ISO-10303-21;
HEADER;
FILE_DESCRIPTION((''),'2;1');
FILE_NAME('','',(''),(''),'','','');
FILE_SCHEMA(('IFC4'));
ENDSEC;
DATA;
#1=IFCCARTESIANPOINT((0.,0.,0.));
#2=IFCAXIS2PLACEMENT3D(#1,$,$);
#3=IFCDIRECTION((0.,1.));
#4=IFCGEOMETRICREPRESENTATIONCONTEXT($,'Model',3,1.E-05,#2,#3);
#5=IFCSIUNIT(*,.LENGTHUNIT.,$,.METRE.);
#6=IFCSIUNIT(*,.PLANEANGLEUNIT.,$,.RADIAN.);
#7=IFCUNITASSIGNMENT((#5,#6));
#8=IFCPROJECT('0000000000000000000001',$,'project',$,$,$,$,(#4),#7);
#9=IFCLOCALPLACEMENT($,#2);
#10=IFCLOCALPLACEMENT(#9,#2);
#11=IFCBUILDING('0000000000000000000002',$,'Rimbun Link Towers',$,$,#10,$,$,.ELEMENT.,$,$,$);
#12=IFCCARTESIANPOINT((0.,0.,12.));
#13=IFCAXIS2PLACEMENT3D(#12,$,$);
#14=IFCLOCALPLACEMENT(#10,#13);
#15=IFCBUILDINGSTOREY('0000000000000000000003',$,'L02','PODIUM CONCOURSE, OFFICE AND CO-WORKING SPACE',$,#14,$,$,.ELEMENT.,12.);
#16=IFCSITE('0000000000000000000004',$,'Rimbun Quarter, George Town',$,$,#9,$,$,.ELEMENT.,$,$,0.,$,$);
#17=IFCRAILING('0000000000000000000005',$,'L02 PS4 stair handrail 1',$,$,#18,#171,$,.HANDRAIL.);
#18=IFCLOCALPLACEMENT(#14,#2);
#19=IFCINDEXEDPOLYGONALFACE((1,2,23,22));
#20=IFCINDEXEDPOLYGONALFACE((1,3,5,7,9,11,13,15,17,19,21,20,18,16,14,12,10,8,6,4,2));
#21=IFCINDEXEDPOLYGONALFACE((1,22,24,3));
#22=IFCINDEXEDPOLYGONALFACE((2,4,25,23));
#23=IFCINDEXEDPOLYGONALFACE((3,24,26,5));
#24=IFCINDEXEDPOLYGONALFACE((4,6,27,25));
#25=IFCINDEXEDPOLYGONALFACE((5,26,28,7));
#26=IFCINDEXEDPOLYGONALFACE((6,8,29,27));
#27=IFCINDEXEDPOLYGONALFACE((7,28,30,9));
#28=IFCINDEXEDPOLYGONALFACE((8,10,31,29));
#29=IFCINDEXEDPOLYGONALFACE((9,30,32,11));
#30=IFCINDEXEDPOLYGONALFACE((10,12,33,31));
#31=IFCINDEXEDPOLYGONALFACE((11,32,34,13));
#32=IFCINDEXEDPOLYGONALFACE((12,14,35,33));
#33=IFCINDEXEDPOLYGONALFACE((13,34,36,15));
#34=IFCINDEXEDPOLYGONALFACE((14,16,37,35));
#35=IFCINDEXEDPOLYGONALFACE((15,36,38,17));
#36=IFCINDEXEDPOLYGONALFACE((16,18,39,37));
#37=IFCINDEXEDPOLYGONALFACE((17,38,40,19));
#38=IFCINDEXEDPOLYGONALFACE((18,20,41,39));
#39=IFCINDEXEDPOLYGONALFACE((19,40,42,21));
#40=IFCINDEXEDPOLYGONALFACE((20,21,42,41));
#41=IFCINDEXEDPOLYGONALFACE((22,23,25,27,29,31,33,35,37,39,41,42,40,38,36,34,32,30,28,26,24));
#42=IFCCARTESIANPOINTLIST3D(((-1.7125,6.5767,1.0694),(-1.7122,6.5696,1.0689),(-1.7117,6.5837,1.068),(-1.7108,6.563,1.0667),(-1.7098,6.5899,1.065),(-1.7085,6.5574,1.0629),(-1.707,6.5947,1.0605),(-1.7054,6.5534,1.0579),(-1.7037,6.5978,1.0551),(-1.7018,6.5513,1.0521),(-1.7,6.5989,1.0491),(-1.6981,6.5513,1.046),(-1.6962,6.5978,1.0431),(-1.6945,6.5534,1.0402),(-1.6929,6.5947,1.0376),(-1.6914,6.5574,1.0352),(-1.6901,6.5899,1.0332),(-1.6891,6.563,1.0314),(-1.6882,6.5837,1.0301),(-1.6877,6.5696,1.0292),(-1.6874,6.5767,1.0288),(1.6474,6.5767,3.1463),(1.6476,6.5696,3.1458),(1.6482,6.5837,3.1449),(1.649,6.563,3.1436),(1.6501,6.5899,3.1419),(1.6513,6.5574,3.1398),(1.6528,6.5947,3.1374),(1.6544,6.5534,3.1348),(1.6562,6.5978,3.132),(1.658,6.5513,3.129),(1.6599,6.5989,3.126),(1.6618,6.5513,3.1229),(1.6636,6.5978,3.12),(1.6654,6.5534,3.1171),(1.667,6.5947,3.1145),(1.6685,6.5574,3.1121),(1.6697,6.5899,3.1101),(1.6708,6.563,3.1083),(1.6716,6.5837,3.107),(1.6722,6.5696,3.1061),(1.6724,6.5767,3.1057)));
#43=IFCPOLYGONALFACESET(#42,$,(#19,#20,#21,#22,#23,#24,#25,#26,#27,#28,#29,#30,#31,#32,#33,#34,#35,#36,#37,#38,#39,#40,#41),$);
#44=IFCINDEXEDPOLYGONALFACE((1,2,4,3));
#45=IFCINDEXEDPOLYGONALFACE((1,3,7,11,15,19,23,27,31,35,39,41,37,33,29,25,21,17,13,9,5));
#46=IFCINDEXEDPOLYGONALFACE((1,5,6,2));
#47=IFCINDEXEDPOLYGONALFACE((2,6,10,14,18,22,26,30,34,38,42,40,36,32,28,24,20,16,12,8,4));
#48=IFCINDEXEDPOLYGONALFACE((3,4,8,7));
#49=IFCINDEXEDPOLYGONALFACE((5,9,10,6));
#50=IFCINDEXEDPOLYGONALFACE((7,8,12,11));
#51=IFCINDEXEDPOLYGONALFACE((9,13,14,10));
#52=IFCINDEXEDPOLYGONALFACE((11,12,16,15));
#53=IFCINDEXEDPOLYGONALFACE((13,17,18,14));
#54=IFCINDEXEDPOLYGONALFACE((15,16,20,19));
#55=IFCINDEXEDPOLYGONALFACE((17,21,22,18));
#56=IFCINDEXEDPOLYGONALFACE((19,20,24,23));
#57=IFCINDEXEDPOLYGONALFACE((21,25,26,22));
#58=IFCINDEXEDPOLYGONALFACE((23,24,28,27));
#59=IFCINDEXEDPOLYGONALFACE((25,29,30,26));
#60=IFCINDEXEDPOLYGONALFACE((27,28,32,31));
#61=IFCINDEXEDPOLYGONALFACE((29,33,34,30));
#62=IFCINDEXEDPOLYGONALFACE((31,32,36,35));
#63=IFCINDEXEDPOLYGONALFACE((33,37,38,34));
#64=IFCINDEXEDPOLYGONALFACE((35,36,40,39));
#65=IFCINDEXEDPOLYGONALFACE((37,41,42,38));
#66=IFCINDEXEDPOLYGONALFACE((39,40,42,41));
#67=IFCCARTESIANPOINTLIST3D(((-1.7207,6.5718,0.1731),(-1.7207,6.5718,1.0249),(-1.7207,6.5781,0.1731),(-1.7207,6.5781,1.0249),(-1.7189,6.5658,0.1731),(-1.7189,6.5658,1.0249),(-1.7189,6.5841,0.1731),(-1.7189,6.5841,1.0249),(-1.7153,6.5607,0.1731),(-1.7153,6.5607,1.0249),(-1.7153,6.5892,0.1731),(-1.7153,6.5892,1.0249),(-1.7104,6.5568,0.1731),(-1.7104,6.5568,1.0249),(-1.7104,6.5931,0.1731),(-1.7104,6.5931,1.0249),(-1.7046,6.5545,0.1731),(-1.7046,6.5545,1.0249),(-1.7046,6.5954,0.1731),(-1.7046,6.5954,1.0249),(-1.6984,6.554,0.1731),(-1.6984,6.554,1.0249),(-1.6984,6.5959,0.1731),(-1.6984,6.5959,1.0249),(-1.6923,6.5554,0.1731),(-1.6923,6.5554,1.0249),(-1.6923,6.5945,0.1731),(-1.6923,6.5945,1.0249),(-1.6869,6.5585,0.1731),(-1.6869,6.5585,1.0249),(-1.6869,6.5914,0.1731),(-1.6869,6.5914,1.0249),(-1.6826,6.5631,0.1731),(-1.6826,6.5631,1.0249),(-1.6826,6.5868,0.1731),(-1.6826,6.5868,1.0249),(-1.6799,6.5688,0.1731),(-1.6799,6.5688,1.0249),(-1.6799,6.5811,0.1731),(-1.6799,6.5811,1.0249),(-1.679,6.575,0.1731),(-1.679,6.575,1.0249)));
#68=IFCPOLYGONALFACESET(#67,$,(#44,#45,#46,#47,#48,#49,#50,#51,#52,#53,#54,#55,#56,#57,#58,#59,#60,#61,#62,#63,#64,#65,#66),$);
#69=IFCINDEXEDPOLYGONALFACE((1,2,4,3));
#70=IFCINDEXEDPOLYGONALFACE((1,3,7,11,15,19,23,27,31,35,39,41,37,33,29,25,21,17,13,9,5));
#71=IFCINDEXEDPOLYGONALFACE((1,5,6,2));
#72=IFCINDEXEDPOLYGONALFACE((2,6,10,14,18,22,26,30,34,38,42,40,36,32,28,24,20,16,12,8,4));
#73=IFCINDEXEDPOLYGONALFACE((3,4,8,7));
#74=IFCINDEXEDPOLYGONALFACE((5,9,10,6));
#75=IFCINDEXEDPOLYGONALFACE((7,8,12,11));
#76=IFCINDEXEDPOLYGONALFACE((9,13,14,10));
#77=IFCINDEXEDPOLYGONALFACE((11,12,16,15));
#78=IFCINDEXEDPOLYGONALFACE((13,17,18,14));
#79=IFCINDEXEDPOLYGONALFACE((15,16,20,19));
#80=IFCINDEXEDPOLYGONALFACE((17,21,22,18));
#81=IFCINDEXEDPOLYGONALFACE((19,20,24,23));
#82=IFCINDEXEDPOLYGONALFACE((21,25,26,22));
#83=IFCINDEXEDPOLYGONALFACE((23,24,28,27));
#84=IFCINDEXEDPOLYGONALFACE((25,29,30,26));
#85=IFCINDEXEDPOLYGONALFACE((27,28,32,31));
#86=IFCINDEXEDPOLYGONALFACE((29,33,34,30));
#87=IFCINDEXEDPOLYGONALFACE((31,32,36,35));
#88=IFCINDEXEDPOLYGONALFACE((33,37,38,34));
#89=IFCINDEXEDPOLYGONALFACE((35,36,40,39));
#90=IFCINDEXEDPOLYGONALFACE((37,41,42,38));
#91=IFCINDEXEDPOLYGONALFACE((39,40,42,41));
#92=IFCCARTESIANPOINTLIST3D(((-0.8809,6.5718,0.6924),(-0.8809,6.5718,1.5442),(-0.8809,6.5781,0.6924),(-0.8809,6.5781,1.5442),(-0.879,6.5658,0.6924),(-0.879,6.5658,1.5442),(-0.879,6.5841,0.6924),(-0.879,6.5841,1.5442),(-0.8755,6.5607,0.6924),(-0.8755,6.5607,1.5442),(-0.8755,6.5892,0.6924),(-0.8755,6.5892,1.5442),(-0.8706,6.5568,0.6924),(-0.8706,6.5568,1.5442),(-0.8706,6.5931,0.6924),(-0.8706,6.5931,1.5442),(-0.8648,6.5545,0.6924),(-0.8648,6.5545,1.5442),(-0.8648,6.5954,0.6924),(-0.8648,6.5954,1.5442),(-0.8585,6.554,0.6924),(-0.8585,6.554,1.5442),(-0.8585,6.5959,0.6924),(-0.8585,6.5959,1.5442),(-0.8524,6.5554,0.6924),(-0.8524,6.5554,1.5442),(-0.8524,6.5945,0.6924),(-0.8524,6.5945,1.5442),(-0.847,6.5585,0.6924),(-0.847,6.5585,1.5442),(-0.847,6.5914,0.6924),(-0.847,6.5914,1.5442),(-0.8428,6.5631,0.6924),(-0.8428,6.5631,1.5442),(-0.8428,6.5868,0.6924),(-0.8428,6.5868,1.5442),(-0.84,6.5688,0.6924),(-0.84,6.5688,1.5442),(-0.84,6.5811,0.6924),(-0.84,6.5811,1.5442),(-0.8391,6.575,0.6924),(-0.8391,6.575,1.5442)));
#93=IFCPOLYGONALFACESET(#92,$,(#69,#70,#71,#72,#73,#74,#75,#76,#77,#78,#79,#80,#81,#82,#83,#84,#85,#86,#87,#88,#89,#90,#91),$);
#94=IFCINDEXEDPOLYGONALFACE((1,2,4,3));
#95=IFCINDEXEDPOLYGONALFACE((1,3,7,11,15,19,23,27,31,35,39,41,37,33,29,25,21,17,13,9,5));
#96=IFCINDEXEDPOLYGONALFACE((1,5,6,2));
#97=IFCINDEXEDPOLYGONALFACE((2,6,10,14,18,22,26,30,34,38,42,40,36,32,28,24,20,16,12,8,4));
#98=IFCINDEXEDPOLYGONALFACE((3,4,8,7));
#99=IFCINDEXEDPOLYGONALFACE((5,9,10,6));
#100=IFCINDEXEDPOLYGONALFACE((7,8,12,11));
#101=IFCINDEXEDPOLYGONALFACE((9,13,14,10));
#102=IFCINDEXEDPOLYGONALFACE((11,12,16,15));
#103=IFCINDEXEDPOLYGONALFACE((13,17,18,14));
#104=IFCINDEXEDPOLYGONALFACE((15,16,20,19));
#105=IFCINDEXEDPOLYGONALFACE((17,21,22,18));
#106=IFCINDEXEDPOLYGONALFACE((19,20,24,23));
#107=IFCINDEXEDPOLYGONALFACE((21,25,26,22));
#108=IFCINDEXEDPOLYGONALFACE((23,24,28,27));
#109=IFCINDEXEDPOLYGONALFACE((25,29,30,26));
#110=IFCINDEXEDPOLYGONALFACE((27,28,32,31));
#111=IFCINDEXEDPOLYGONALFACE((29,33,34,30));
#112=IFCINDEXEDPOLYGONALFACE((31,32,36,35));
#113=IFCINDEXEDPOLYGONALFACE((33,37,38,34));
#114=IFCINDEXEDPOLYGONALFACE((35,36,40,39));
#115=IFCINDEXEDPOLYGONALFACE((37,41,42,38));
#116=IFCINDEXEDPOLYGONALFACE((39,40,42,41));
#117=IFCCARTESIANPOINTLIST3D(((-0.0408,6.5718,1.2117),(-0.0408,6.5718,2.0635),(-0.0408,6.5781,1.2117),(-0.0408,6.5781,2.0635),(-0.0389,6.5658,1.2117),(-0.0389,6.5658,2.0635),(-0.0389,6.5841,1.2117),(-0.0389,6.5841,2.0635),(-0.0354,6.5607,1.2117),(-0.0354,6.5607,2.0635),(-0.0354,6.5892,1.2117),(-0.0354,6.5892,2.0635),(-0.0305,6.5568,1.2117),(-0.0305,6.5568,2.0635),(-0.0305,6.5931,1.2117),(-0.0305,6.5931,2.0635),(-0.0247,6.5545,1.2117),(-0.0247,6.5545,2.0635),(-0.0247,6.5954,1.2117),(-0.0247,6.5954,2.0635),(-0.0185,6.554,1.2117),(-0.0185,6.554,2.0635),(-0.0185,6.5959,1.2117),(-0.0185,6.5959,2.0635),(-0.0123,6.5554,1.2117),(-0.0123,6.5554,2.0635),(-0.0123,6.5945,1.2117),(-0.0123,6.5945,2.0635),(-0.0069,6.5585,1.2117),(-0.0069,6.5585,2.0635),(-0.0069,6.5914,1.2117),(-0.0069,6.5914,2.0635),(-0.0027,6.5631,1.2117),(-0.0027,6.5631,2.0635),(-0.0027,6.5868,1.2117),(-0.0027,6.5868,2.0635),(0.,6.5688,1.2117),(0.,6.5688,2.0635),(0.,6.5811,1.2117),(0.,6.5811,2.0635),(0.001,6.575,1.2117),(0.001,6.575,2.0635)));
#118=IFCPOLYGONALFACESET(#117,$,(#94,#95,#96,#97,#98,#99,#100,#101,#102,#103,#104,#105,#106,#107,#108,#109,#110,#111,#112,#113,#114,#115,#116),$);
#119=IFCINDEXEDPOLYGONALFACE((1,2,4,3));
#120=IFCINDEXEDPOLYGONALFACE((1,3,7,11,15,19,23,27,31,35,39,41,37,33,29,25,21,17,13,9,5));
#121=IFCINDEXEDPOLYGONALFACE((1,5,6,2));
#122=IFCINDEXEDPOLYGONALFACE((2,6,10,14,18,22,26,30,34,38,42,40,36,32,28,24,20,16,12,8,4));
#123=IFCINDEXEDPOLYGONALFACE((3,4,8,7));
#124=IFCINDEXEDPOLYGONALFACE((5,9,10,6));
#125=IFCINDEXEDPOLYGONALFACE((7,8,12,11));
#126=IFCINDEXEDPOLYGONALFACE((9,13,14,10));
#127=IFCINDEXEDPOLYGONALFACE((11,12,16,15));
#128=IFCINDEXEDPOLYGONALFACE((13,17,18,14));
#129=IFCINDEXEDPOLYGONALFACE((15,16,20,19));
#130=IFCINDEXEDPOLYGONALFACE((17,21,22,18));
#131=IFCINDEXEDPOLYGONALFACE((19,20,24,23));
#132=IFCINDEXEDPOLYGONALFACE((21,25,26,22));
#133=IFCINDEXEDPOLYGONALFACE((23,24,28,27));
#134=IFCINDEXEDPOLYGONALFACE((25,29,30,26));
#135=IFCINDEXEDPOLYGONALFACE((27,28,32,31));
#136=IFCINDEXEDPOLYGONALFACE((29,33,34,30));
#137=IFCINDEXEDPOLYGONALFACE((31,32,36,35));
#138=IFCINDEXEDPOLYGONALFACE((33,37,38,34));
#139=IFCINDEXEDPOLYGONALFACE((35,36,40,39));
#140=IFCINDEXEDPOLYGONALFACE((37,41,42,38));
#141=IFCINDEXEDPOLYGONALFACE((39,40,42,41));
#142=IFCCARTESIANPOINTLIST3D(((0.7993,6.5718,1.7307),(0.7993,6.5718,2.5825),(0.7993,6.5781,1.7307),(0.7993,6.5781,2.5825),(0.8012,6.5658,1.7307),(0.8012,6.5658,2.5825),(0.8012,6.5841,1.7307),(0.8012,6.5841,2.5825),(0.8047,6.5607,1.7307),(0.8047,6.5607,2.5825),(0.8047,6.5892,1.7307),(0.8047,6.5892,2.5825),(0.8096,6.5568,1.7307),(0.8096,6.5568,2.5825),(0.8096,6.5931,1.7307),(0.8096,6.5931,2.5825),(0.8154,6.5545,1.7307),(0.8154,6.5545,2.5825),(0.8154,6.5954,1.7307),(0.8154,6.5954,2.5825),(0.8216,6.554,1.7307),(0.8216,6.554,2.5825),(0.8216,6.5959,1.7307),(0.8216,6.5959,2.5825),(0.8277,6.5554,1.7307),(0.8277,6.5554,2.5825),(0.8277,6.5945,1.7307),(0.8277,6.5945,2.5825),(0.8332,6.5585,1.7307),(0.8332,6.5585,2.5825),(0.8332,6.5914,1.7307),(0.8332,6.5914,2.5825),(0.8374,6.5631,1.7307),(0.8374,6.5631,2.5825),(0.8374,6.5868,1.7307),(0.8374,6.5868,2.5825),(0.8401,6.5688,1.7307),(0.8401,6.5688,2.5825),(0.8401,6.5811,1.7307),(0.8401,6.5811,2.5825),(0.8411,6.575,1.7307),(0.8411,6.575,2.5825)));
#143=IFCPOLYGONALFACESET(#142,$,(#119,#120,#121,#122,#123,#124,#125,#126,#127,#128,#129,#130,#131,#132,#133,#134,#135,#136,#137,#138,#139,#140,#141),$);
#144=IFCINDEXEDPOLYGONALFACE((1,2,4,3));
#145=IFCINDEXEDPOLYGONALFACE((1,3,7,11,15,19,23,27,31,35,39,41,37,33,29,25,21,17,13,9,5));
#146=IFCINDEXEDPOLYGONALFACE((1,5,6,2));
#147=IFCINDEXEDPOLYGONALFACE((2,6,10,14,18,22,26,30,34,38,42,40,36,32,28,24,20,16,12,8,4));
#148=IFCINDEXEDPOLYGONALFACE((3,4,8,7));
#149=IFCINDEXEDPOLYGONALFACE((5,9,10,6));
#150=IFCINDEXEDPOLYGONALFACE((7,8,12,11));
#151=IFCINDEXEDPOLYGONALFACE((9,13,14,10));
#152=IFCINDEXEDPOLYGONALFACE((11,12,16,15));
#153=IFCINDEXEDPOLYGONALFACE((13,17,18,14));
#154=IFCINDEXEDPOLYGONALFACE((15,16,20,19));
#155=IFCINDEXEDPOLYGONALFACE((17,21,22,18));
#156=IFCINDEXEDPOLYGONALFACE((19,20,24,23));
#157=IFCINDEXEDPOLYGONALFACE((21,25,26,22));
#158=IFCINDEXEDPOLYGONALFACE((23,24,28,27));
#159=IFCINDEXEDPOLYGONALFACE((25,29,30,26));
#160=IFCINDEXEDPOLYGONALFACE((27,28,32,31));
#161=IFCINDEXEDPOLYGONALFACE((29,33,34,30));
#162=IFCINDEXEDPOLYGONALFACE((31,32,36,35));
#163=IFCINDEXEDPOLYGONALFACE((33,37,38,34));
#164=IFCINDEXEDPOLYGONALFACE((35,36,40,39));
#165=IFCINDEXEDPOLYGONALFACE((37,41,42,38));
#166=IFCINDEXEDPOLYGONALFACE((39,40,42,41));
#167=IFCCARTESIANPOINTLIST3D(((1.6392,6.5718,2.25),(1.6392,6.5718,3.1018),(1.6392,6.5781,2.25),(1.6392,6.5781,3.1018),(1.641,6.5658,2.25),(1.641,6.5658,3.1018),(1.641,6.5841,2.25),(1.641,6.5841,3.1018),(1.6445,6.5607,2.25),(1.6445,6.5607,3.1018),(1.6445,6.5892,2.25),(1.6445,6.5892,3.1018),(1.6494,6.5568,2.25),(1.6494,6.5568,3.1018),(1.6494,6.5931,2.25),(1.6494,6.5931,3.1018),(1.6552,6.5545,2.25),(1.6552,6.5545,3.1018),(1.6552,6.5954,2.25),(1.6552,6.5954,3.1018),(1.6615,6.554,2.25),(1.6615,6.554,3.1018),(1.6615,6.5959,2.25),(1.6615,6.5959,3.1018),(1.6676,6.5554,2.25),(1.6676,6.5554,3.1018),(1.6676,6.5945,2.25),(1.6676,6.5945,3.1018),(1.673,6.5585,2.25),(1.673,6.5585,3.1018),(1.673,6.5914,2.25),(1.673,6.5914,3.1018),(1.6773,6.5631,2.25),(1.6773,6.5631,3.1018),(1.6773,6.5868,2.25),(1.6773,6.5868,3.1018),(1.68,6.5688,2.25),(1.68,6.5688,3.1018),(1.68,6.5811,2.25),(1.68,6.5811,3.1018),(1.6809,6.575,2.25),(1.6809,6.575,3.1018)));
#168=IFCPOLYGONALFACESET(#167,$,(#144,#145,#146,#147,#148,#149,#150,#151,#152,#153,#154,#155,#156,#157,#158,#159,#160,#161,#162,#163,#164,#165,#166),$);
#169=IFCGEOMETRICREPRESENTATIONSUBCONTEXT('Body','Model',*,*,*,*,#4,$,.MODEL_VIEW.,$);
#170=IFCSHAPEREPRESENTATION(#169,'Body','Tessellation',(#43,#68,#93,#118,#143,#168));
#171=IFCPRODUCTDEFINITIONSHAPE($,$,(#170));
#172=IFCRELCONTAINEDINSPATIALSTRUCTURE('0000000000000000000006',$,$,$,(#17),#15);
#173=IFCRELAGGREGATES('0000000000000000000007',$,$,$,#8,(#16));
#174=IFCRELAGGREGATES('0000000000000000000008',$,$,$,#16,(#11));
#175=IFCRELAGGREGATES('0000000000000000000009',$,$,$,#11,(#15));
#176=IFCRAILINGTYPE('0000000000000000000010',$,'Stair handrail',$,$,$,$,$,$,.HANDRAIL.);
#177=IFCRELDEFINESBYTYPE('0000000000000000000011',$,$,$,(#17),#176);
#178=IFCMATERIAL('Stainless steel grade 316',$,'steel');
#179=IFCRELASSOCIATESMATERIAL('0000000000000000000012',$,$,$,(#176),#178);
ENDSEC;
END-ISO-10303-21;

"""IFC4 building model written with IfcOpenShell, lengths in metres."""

from ifc_helpers import new_model, si_unit, direction, frame, origin, origin_2d, place, context, subcontext, project, spatial, circle, extrude, material, type_object, element, save


model = new_model("IFC4")

# Units and contexts
model_context = context("Model", 3, precision=1e-05, world=origin(), true_north=direction((0.0, 1.0)))
body_context = subcontext(model_context, "Body", "Model", "MODEL_VIEW")
ifc_project = project(units=[si_unit("LENGTHUNIT", "METRE"), si_unit("PLANEANGLEUNIT", "RADIAN")], contexts=[model_context])

# Site, building, storey
site_placement = place(None, origin())
site = spatial("IfcSite", under=ifc_project, at=site_placement, Name="Rimbun Quarter, George Town", CompositionType="ELEMENT", RefElevation=0.0)
building_placement = place(site_placement, origin())
building = spatial("IfcBuilding", under=site, at=building_placement, Name="Rimbun Link Towers", CompositionType="ELEMENT")
storey_placement = place(building_placement, frame((0.0, 0.0, 12.0)))
storey = spatial("IfcBuildingStorey", under=building, at=storey_placement, Name="L02", Description="PODIUM CONCOURSE, OFFICE AND CO-WORKING SPACE", CompositionType="ELEMENT", Elevation=12.0)

# Railing
ifc_material_1 = material(Name="Stainless steel grade 316", Category="steel")
railing_type_1 = type_object("IfcRailingType", Name="Stair handrail", PredefinedType="HANDRAIL", material=ifc_material_1)
railing_1_placement = place(storey_placement, frame((-1.7, 6.575, 0.1731)))
element("IfcRailing", 1, at=railing_1_placement, inside=storey, type_object=railing_type_1, Name="L02 PS4 stair handrail 1", PredefinedType="HANDRAIL", context=body_context, shape_type="SweptSolid", body=[
    extrude(circle(Radius=0.0239, at=origin_2d()), frame((0.0, 0.0, 0.876), z_axis=(0.850606, 0.0, 0.525803), x_axis=(0.0, 1.0, 0.0)), (0.0, 0.0, 1.0), 3.95),
    extrude(circle(Radius=0.021, at=origin_2d()), origin(), (0.0, 0.0, 1.0), 0.8518),
    extrude(circle(Radius=0.021, at=origin_2d()), frame((0.8398, 0.0, 0.5193)), (0.0, 0.0, 1.0), 0.8518),
    extrude(circle(Radius=0.021, at=origin_2d()), frame((1.6799, 0.0, 1.0386)), (0.0, 0.0, 1.0), 0.8518),
    extrude(circle(Radius=0.021, at=origin_2d()), frame((2.52, 0.0, 1.5576)), (0.0, 0.0, 1.0), 0.8518),
    extrude(circle(Radius=0.021, at=origin_2d()), frame((3.3599, 0.0, 2.0769)), (0.0, 0.0, 1.0), 0.8518),
])

save(model, "model.ifc")
